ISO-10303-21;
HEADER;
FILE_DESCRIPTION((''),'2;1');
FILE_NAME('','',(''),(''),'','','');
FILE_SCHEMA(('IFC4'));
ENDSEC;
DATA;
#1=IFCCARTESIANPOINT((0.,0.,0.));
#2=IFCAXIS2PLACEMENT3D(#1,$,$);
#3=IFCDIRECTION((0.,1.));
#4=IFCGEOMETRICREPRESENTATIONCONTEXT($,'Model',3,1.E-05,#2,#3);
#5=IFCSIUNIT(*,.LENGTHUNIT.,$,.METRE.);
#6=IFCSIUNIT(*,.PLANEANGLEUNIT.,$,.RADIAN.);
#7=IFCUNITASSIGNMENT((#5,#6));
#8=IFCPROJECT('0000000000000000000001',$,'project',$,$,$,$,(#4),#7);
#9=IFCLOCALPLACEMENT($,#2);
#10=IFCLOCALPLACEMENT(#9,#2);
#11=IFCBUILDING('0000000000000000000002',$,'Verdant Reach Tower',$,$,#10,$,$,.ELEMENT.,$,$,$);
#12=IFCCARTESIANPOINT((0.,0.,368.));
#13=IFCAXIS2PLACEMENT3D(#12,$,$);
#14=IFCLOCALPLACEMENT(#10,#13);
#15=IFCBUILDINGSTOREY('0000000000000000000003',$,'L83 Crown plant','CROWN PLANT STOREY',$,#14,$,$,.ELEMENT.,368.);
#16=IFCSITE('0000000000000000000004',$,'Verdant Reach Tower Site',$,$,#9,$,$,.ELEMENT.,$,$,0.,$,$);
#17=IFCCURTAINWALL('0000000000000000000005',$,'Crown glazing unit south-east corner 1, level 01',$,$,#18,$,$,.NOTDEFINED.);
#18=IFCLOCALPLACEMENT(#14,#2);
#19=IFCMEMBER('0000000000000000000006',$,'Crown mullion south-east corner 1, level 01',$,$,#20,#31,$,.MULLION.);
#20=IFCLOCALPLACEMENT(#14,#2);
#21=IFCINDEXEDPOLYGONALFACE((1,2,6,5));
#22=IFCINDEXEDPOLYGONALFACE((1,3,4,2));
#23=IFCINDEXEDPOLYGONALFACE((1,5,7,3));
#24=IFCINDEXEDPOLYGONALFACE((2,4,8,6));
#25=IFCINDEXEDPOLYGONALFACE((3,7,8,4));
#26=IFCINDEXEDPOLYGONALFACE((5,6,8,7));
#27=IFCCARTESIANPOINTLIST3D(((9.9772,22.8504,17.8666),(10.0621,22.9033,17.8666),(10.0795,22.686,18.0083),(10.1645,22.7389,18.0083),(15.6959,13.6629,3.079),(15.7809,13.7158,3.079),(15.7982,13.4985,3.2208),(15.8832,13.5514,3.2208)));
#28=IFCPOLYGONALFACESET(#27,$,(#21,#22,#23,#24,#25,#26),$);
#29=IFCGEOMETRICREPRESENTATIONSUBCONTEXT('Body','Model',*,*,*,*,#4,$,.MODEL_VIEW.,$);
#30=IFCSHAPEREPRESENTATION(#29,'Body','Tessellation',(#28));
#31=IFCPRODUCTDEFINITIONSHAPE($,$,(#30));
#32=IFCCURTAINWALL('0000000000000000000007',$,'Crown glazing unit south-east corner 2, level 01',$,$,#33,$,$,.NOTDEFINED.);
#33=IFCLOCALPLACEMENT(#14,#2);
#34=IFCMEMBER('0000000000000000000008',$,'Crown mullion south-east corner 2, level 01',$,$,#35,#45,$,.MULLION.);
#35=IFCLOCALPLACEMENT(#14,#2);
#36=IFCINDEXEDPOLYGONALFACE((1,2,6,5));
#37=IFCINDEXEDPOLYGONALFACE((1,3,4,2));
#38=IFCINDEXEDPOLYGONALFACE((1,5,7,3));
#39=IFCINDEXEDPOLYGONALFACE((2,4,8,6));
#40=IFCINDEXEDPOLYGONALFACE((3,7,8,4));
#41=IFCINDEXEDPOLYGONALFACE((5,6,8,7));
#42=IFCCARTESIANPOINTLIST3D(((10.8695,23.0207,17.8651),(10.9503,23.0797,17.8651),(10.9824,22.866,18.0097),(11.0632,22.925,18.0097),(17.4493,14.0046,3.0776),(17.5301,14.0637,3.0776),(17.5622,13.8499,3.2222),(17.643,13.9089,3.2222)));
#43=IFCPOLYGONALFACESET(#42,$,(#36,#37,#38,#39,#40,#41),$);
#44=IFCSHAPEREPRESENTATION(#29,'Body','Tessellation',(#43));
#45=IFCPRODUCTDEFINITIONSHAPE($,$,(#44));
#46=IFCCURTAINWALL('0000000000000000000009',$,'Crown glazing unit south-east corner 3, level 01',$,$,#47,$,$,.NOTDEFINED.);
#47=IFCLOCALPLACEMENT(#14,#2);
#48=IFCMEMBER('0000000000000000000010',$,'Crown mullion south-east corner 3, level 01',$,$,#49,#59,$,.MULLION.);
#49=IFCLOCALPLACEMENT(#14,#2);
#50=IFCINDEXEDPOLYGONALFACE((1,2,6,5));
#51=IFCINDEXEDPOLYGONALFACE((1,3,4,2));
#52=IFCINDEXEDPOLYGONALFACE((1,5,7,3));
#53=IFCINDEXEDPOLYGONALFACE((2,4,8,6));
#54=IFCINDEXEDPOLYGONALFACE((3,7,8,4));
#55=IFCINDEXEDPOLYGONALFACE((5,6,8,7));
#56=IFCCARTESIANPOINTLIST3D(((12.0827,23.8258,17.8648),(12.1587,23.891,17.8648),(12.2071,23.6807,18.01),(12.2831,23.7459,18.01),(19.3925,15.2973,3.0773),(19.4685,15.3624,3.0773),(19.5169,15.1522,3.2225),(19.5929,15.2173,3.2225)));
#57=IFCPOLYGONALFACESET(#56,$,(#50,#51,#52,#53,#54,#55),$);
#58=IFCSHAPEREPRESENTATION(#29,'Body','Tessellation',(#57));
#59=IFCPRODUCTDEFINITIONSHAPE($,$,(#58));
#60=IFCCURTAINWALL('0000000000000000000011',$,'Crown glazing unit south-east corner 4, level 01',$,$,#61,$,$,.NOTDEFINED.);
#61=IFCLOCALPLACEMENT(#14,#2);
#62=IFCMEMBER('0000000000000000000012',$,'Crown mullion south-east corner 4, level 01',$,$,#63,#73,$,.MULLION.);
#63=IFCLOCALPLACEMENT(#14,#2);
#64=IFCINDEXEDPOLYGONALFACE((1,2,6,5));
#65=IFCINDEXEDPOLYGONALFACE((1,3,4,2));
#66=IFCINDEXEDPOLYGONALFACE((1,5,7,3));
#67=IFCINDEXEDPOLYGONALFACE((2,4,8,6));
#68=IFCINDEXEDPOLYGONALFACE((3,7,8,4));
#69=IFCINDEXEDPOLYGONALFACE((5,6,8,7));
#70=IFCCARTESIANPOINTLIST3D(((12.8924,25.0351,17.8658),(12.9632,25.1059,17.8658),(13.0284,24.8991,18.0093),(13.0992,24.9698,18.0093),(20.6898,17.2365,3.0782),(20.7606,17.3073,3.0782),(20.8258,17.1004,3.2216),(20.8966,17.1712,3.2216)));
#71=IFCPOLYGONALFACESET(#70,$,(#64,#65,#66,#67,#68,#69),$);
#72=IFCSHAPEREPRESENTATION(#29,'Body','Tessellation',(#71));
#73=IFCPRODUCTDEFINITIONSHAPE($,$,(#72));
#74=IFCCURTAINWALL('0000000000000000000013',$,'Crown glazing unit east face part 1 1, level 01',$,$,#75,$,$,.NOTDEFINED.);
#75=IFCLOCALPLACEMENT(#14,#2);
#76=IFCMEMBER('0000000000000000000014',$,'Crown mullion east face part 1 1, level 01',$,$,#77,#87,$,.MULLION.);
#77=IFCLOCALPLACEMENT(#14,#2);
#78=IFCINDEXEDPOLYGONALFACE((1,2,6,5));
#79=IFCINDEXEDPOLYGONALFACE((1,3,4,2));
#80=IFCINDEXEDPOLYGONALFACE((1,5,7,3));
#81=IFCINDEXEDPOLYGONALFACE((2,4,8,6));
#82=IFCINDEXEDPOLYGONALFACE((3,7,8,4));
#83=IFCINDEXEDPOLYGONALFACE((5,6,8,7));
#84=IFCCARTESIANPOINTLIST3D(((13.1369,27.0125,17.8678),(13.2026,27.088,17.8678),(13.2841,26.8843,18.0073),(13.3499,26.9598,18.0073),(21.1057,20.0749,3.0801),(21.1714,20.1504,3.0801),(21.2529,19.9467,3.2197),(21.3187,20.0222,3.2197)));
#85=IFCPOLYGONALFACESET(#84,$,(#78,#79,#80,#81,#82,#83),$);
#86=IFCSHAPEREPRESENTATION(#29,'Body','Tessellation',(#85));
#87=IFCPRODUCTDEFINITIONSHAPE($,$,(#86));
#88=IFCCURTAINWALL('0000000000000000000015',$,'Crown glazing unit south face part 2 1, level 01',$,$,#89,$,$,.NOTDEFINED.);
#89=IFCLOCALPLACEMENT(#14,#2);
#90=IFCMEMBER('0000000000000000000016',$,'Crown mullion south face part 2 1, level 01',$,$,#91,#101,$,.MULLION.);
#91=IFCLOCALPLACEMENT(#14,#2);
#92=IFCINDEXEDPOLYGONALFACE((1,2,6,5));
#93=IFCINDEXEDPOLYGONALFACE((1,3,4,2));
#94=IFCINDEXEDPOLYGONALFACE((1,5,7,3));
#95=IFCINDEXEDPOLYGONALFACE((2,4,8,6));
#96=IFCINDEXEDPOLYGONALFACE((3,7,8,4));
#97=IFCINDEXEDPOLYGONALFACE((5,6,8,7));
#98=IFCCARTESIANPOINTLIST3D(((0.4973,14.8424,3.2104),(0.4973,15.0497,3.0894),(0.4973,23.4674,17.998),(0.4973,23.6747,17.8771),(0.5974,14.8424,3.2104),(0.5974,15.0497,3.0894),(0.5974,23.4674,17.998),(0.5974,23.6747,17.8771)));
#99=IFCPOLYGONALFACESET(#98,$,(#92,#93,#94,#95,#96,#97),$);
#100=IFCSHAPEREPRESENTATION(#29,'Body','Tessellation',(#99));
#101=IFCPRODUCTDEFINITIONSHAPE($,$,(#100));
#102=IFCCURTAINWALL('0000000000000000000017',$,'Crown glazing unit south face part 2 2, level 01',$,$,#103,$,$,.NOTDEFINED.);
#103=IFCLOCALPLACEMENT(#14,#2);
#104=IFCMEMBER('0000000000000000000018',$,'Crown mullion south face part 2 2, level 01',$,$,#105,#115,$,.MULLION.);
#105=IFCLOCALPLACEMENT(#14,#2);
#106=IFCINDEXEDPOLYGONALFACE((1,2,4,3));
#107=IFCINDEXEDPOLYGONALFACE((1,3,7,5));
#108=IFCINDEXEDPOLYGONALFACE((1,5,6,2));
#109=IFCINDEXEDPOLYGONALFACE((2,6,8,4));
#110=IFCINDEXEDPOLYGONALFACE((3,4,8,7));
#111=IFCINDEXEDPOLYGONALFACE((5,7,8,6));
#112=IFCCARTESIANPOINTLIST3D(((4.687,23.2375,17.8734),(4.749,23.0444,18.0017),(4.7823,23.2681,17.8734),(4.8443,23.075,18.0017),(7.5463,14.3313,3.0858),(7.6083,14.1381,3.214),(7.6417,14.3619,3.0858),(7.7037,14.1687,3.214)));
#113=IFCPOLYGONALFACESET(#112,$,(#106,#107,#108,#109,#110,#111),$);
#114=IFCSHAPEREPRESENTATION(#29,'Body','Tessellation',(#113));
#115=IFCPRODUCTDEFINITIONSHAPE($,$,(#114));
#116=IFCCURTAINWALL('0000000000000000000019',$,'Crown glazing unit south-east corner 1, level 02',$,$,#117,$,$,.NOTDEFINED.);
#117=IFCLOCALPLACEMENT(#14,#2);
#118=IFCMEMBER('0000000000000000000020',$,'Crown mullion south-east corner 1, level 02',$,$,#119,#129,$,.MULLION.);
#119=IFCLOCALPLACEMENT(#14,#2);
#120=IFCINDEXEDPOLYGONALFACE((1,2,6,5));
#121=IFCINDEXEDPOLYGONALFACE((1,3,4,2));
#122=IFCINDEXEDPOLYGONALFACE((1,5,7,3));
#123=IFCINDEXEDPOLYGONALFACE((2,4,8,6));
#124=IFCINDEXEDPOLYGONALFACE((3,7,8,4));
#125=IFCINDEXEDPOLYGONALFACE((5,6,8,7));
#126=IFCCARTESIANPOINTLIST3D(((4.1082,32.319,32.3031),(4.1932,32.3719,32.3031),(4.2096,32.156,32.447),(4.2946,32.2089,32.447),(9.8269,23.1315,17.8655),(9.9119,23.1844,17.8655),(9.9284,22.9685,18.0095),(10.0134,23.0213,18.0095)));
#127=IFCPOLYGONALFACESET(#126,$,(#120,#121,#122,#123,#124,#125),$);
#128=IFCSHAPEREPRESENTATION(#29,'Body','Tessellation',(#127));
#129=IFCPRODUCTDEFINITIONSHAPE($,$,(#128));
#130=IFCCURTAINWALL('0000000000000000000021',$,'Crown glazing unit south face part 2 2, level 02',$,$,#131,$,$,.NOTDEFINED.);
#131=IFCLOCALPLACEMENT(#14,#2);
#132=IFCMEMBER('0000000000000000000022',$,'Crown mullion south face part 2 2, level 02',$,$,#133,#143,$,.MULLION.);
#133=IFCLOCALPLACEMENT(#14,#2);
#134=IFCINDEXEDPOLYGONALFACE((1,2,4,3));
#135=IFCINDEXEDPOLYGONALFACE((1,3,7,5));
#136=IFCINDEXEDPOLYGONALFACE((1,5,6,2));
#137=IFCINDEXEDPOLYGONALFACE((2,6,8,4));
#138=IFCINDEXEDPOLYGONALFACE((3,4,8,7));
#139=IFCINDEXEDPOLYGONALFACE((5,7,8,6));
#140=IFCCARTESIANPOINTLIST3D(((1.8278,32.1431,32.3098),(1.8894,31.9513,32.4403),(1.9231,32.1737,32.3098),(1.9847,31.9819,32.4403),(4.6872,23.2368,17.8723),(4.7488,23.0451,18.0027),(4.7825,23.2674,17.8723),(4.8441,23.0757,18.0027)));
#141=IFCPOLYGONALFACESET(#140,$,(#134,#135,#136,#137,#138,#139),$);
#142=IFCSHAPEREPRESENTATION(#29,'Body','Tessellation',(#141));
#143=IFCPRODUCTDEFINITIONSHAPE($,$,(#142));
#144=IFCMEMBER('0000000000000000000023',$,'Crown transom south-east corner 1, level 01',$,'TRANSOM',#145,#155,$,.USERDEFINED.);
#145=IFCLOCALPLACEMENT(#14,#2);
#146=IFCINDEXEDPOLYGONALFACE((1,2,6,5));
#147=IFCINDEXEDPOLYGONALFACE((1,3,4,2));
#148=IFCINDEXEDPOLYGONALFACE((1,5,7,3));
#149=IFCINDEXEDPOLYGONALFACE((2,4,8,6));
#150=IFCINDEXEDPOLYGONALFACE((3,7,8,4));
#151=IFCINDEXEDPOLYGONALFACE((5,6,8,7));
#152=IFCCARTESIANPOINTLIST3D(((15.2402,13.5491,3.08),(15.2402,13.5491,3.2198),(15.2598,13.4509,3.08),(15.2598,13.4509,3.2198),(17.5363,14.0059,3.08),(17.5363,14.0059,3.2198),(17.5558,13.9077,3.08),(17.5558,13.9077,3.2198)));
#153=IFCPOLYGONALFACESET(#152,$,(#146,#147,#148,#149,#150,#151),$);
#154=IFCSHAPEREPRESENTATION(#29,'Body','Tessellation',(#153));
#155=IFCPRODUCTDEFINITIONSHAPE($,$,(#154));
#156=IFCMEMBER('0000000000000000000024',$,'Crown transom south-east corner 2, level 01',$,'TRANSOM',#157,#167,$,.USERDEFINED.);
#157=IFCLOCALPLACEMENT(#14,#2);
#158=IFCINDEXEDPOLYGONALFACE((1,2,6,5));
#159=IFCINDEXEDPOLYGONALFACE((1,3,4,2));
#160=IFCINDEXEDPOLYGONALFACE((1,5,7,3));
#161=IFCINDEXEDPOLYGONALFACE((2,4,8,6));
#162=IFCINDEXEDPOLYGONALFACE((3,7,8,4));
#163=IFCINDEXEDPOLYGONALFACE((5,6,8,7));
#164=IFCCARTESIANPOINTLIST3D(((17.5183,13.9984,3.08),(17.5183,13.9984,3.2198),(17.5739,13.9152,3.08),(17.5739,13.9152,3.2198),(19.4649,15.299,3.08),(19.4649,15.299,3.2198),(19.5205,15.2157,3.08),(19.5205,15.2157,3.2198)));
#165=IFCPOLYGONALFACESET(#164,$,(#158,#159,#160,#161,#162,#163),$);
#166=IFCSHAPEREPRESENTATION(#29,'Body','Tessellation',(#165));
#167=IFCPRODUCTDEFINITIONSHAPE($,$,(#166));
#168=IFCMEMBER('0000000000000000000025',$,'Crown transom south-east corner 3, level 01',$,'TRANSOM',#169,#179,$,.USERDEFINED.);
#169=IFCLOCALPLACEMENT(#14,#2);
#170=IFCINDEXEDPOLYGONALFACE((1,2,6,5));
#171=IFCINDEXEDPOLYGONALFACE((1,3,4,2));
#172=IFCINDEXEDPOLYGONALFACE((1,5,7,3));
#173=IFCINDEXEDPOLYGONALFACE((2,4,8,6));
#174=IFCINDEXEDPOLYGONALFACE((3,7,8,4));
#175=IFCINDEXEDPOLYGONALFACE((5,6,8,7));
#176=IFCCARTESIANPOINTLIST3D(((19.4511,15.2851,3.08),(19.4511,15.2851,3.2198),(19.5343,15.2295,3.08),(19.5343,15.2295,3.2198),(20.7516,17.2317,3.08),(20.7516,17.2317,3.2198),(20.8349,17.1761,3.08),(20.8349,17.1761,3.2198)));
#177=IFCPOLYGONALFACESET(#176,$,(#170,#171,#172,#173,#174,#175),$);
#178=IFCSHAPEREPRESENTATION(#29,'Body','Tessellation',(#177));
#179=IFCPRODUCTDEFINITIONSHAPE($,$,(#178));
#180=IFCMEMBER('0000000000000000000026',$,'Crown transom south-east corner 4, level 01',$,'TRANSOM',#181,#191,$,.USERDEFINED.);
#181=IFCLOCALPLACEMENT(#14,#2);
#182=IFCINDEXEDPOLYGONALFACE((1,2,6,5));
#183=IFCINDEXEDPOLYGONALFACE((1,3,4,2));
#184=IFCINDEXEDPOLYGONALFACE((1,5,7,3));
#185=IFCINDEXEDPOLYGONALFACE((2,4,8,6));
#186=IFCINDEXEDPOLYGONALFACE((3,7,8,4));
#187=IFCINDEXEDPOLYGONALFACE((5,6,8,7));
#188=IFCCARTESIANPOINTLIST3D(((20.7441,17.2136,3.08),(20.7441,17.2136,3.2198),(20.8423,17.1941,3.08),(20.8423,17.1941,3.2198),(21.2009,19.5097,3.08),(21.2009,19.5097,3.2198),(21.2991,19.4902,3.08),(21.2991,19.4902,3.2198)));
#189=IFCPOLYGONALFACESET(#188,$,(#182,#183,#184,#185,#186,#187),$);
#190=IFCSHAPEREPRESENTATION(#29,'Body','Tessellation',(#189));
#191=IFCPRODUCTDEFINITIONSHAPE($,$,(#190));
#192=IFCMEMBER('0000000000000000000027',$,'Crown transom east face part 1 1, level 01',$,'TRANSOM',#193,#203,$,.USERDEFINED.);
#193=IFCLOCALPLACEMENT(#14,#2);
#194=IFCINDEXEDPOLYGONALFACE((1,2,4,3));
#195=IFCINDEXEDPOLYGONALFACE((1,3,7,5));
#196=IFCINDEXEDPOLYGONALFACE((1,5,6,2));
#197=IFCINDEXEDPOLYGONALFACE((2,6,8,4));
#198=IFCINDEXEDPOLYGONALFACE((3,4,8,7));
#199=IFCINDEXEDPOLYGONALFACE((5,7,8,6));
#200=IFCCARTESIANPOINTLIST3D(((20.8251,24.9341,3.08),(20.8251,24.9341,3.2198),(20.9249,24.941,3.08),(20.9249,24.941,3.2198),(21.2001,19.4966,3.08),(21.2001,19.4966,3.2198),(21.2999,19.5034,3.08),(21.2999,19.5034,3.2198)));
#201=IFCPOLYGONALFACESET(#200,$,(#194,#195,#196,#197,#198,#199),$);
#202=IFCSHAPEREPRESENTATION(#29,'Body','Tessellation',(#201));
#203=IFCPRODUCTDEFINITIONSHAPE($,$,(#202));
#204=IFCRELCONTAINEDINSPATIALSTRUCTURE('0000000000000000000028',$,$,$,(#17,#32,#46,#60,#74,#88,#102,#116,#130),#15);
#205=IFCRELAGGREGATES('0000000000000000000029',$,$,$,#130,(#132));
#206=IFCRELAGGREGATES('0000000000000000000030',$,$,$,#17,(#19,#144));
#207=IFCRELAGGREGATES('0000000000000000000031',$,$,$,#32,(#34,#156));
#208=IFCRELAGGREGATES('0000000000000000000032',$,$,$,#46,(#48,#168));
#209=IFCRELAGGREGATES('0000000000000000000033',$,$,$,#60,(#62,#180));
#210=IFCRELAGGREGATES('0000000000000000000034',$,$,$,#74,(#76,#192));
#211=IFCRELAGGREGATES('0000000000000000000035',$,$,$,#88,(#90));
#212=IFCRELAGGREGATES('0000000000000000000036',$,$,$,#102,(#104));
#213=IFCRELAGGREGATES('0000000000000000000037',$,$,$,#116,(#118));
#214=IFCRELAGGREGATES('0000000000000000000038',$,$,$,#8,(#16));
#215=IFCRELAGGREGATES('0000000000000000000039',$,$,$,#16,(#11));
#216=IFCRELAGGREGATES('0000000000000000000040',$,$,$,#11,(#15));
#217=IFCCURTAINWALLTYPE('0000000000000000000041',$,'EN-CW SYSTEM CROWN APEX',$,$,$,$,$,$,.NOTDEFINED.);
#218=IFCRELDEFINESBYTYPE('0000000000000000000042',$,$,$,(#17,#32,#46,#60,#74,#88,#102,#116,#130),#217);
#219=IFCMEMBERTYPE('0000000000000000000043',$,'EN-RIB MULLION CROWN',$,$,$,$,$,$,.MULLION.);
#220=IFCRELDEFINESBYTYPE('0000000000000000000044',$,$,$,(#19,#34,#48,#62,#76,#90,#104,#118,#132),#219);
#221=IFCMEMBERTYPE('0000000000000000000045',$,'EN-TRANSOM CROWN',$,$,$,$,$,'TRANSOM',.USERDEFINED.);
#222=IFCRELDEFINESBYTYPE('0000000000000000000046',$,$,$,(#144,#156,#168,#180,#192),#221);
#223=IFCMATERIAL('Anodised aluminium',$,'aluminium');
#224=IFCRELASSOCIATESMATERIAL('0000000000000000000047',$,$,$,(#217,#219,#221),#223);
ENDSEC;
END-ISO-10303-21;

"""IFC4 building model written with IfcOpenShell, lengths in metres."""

from ifc_helpers import new_model, si_unit, direction, frame, origin, origin_2d, place, context, subcontext, project, spatial, rectangle, extrude, material, material_profile, profile_set, type_object, element, aggregate, save


model = new_model("IFC4")

# Units and contexts
model_context = context("Model", 3, precision=1e-05, world=origin(), true_north=direction((0.0, 1.0)))
body_context = subcontext(model_context, "Body", "Model", "MODEL_VIEW")
ifc_project = project(units=[si_unit("LENGTHUNIT", "METRE"), si_unit("PLANEANGLEUNIT", "RADIAN")], contexts=[model_context])

# Site, building, storey
site_placement = place(None, origin())
site = spatial("IfcSite", under=ifc_project, at=site_placement, Name="Verdant Reach Tower Site", CompositionType="ELEMENT", RefElevation=0.0)
building_placement = place(site_placement, origin())
building = spatial("IfcBuilding", under=site, at=building_placement, Name="Verdant Reach Tower", CompositionType="ELEMENT")
storey_placement = place(building_placement, frame((0.0, 0.0, 368.0)))
storey = spatial("IfcBuildingStorey", under=building, at=storey_placement, Name="L83 Crown plant", Description="CROWN PLANT STOREY", CompositionType="ELEMENT", Elevation=368.0)

# Curtain walls, members
ifc_material_1 = material(Name="Anodised aluminium", Category="aluminium")
curtain_wall_type = type_object("IfcCurtainWallType", Name="EN-CW SYSTEM CROWN APEX", PredefinedType="NOTDEFINED", material=ifc_material_1)
curtain_wall_1_placement = place(storey_placement, origin())
curtain_wall_1 = element("IfcCurtainWall", 1, at=curtain_wall_1_placement, inside=storey, type_object=curtain_wall_type, Name="Crown glazing unit south-east corner 1, level 01", PredefinedType="NOTDEFINED")
ifc_material_profile_1 = material_profile(ifc_material_1, rectangle(XDim=0.1001, YDim=0.24, at=origin_2d()), Name="Mullion 100x240")
ifc_profile_set_1 = profile_set([ifc_material_profile_1], Name="Anodised aluminium")
member_type_1 = type_object("IfcMemberType", Name="EN-RIB MULLION CROWN", PredefinedType="MULLION", material=ifc_profile_set_1)
member_1_placement = place(storey_placement, frame((15.7896, 13.6072, 3.1499), z_axis=(-0.312082, 0.501378, 0.806985), x_axis=(-0.84897, -0.528441, 0.0)))
member_1 = element("IfcMember", 2, at=member_1_placement, type_object=member_type_1, Name="Crown mullion south-east corner 1, level 01", PredefinedType="MULLION", context=body_context, shape_type="SweptSolid", body=[
    extrude(rectangle(XDim=0.1001, YDim=0.24, at=origin_2d()), origin(), (0.0, 0.0, 1.0), 18.3245),
])
curtain_wall_2_placement = place(storey_placement, origin())
curtain_wall_2 = element("IfcCurtainWall", 3, at=curtain_wall_2_placement, inside=storey, type_object=curtain_wall_type, Name="Crown glazing unit south-east corner 2, level 01", PredefinedType="NOTDEFINED")
member_2_placement = place(storey_placement, frame((17.5461, 13.9568, 3.1499), z_axis=(-0.355144, 0.486642, 0.798156), x_axis=(-0.807769, -0.589499, 0.0)))
member_2 = element("IfcMember", 4, at=member_2_placement, type_object=member_type_1, Name="Crown mullion south-east corner 2, level 01", PredefinedType="MULLION", context=body_context, shape_type="SweptSolid", body=[
    extrude(rectangle(XDim=0.1001, YDim=0.24, at=origin_2d()), origin(), (0.0, 0.0, 1.0), 18.5271),
])
curtain_wall_3_placement = place(storey_placement, origin())
curtain_wall_3 = element("IfcCurtainWall", 5, at=curtain_wall_3_placement, inside=storey, type_object=curtain_wall_type, Name="Crown glazing unit south-east corner 3, level 01", PredefinedType="NOTDEFINED")
member_3_placement = place(storey_placement, frame((19.4927, 15.2573, 3.1499), z_axis=(-0.393637, 0.459267, 0.796319), x_axis=(-0.759273, -0.650772, 0.0)))
member_3 = element("IfcMember", 6, at=member_3_placement, type_object=member_type_1, Name="Crown mullion south-east corner 3, level 01", PredefinedType="MULLION", context=body_context, shape_type="SweptSolid", body=[
    extrude(rectangle(XDim=0.1001, YDim=0.24, at=origin_2d()), origin(), (0.0, 0.0, 1.0), 18.5698),
])
curtain_wall_4_placement = place(storey_placement, origin())
curtain_wall_4 = element("IfcCurtainWall", 7, at=curtain_wall_4_placement, inside=storey, type_object=curtain_wall_type, Name="Crown glazing unit south-east corner 4, level 01", PredefinedType="NOTDEFINED")
member_4_placement = place(storey_placement, frame((20.7932, 17.2039, 3.1499), z_axis=(-0.422691, 0.422757, 0.801628), x_axis=(-0.707162, -0.707051, 0.0)))
member_4 = element("IfcMember", 8, at=member_4_placement, type_object=member_type_1, Name="Crown mullion south-east corner 4, level 01", PredefinedType="MULLION", context=body_context, shape_type="SweptSolid", body=[
    extrude(rectangle(XDim=0.1001, YDim=0.24, at=origin_2d()), origin(), (0.0, 0.0, 1.0), 18.447),
])
curtain_wall_5_placement = place(storey_placement, origin())
curtain_wall_5 = element("IfcCurtainWall", 9, at=curtain_wall_5_placement, inside=storey, type_object=curtain_wall_type, Name="Crown glazing unit east face part 1 1, level 01", PredefinedType="NOTDEFINED")
member_5_placement = place(storey_placement, frame((21.2122, 20.0486, 3.1499), z_axis=(-0.438464, 0.381722, 0.813657), x_axis=(-0.656618, -0.754223, 0.0)))
member_5 = element("IfcMember", 10, at=member_5_placement, type_object=member_type_1, Name="Crown mullion east face part 1 1, level 01", PredefinedType="MULLION", context=body_context, shape_type="SweptSolid", body=[
    extrude(rectangle(XDim=0.1001, YDim=0.24, at=origin_2d()), origin(), (0.0, 0.0, 1.0), 18.1743),
])
curtain_wall_6_placement = place(storey_placement, origin())
curtain_wall_6 = element("IfcCurtainWall", 11, at=curtain_wall_6_placement, inside=storey, type_object=curtain_wall_type, Name="Crown glazing unit south face part 2 1, level 01", PredefinedType="NOTDEFINED")
member_6_placement = place(storey_placement, frame((0.5474, 14.946, 3.1499), z_axis=(0.0, 0.503823, 0.863807), x_axis=(-1.0, 0.0, 0.0)))
member_6 = element("IfcMember", 12, at=member_6_placement, type_object=member_type_1, Name="Crown mullion south face part 2 1, level 01", PredefinedType="MULLION", context=body_context, shape_type="SweptSolid", body=[
    extrude(rectangle(XDim=0.1001, YDim=0.24, at=origin_2d()), origin(), (0.0, 0.0, 1.0), 17.1191),
])
curtain_wall_7_placement = place(storey_placement, origin())
curtain_wall_7 = element("IfcCurtainWall", 13, at=curtain_wall_7_placement, inside=storey, type_object=curtain_wall_type, Name="Crown glazing unit south face part 2 2, level 01", PredefinedType="NOTDEFINED")
member_7_placement = place(storey_placement, frame((7.625, 14.25, 3.1499), z_axis=(-0.163414, 0.508995, 0.845115), x_axis=(-0.952133, -0.305685, 0.0)))
member_7 = element("IfcMember", 14, at=member_7_placement, type_object=member_type_1, Name="Crown mullion south face part 2 2, level 01", PredefinedType="MULLION", context=body_context, shape_type="SweptSolid", body=[
    extrude(rectangle(XDim=0.1001, YDim=0.24, at=origin_2d()), origin(), (0.0, 0.0, 1.0), 17.4978),
])
curtain_wall_8_placement = place(storey_placement, origin())
curtain_wall_8 = element("IfcCurtainWall", 15, at=curtain_wall_8_placement, inside=storey, type_object=curtain_wall_type, Name="Crown glazing unit south-east corner 1, level 02", PredefinedType="NOTDEFINED")
member_8_placement = place(storey_placement, frame((9.9202, 23.0764, 17.9375), z_axis=(-0.316948, 0.509196, 0.800165), x_axis=(-0.84897, -0.528441, 0.0)))
member_8 = element("IfcMember", 16, at=member_8_placement, type_object=member_type_1, Name="Crown mullion south-east corner 1, level 02", PredefinedType="MULLION", context=body_context, shape_type="SweptSolid", body=[
    extrude(rectangle(XDim=0.1001, YDim=0.24, at=origin_2d()), origin(), (0.0, 0.0, 1.0), 18.0432),
])
curtain_wall_9_placement = place(storey_placement, origin())
curtain_wall_9 = element("IfcCurtainWall", 17, at=curtain_wall_9_placement, inside=storey, type_object=curtain_wall_type, Name="Crown glazing unit south face part 2 2, level 02", PredefinedType="NOTDEFINED")
member_9_placement = place(storey_placement, frame((4.7656, 23.1562, 17.9375), z_axis=(-0.166215, 0.517719, 0.83925), x_axis=(-0.952133, -0.305685, 0.0)))
member_9 = element("IfcMember", 18, at=member_9_placement, type_object=member_type_1, Name="Crown mullion south face part 2 2, level 02", PredefinedType="MULLION", context=body_context, shape_type="SweptSolid", body=[
    extrude(rectangle(XDim=0.1001, YDim=0.24, at=origin_2d()), origin(), (0.0, 0.0, 1.0), 17.2029),
])

# Members
ifc_material_profile_2 = material_profile(ifc_material_1, rectangle(XDim=0.1001, YDim=0.1399, at=origin_2d()), Name="Transom 140x100")
ifc_profile_set_2 = profile_set([ifc_material_profile_2], Name="Anodised aluminium")
member_type_2 = type_object("IfcMemberType", Name="EN-TRANSOM CROWN", ElementType="TRANSOM", PredefinedType="USERDEFINED", material=ifc_profile_set_2)
member_10_placement = place(storey_placement, frame((15.25, 13.5, 3.1499), z_axis=(0.980781, 0.195113, 0.0), x_axis=(-0.195113, 0.980781, 0.0)))
member_10 = element("IfcMember", 19, at=member_10_placement, type_object=member_type_2, Name="Crown transom south-east corner 1, level 01", ObjectType="TRANSOM", PredefinedType="USERDEFINED", context=body_context, shape_type="SweptSolid", body=[
    extrude(rectangle(XDim=0.1001, YDim=0.1399, at=origin_2d()), origin(), (0.0, 0.0, 1.0), 2.3411),
])
member_11_placement = place(storey_placement, frame((17.5461, 13.9568, 3.1499), z_axis=(0.831488, 0.555542, 0.0), x_axis=(-0.555542, 0.831488, 0.0)))
member_11 = element("IfcMember", 20, at=member_11_placement, type_object=member_type_2, Name="Crown transom south-east corner 2, level 01", ObjectType="TRANSOM", PredefinedType="USERDEFINED", context=body_context, shape_type="SweptSolid", body=[
    extrude(rectangle(XDim=0.1001, YDim=0.1399, at=origin_2d()), origin(), (0.0, 0.0, 1.0), 2.3411),
])
member_12_placement = place(storey_placement, frame((19.4927, 15.2573, 3.1499), z_axis=(0.555542, 0.831488, 0.0), x_axis=(-0.831488, 0.555542, 0.0)))
member_12 = element("IfcMember", 21, at=member_12_placement, type_object=member_type_2, Name="Crown transom south-east corner 3, level 01", ObjectType="TRANSOM", PredefinedType="USERDEFINED", context=body_context, shape_type="SweptSolid", body=[
    extrude(rectangle(XDim=0.1001, YDim=0.1399, at=origin_2d()), origin(), (0.0, 0.0, 1.0), 2.3411),
])
member_13_placement = place(storey_placement, frame((20.7932, 17.2039, 3.1499), z_axis=(0.195113, 0.980781, 0.0), x_axis=(-0.980781, 0.195113, 0.0)))
member_13 = element("IfcMember", 22, at=member_13_placement, type_object=member_type_2, Name="Crown transom south-east corner 4, level 01", ObjectType="TRANSOM", PredefinedType="USERDEFINED", context=body_context, shape_type="SweptSolid", body=[
    extrude(rectangle(XDim=0.1001, YDim=0.1399, at=origin_2d()), origin(), (0.0, 0.0, 1.0), 2.3411),
])
member_14_placement = place(storey_placement, frame((21.25, 19.5, 3.1499), z_axis=(-0.068802, 0.99763, 0.0), x_axis=(-0.99763, -0.068802, 0.0)))
member_14 = element("IfcMember", 23, at=member_14_placement, type_object=member_type_2, Name="Crown transom east face part 1 1, level 01", ObjectType="TRANSOM", PredefinedType="USERDEFINED", context=body_context, shape_type="SweptSolid", body=[
    extrude(rectangle(XDim=0.1001, YDim=0.1399, at=origin_2d()), origin(), (0.0, 0.0, 1.0), 5.4504),
])
aggregate(curtain_wall_9, [member_9])

aggregate(curtain_wall_1, [member_1, member_10])
aggregate(curtain_wall_2, [member_2, member_11])
aggregate(curtain_wall_3, [member_3, member_12])
aggregate(curtain_wall_4, [member_4, member_13])
aggregate(curtain_wall_5, [member_5, member_14])
aggregate(curtain_wall_6, [member_6])
aggregate(curtain_wall_7, [member_7])
aggregate(curtain_wall_8, [member_8])

save(model, "model.ifc")
